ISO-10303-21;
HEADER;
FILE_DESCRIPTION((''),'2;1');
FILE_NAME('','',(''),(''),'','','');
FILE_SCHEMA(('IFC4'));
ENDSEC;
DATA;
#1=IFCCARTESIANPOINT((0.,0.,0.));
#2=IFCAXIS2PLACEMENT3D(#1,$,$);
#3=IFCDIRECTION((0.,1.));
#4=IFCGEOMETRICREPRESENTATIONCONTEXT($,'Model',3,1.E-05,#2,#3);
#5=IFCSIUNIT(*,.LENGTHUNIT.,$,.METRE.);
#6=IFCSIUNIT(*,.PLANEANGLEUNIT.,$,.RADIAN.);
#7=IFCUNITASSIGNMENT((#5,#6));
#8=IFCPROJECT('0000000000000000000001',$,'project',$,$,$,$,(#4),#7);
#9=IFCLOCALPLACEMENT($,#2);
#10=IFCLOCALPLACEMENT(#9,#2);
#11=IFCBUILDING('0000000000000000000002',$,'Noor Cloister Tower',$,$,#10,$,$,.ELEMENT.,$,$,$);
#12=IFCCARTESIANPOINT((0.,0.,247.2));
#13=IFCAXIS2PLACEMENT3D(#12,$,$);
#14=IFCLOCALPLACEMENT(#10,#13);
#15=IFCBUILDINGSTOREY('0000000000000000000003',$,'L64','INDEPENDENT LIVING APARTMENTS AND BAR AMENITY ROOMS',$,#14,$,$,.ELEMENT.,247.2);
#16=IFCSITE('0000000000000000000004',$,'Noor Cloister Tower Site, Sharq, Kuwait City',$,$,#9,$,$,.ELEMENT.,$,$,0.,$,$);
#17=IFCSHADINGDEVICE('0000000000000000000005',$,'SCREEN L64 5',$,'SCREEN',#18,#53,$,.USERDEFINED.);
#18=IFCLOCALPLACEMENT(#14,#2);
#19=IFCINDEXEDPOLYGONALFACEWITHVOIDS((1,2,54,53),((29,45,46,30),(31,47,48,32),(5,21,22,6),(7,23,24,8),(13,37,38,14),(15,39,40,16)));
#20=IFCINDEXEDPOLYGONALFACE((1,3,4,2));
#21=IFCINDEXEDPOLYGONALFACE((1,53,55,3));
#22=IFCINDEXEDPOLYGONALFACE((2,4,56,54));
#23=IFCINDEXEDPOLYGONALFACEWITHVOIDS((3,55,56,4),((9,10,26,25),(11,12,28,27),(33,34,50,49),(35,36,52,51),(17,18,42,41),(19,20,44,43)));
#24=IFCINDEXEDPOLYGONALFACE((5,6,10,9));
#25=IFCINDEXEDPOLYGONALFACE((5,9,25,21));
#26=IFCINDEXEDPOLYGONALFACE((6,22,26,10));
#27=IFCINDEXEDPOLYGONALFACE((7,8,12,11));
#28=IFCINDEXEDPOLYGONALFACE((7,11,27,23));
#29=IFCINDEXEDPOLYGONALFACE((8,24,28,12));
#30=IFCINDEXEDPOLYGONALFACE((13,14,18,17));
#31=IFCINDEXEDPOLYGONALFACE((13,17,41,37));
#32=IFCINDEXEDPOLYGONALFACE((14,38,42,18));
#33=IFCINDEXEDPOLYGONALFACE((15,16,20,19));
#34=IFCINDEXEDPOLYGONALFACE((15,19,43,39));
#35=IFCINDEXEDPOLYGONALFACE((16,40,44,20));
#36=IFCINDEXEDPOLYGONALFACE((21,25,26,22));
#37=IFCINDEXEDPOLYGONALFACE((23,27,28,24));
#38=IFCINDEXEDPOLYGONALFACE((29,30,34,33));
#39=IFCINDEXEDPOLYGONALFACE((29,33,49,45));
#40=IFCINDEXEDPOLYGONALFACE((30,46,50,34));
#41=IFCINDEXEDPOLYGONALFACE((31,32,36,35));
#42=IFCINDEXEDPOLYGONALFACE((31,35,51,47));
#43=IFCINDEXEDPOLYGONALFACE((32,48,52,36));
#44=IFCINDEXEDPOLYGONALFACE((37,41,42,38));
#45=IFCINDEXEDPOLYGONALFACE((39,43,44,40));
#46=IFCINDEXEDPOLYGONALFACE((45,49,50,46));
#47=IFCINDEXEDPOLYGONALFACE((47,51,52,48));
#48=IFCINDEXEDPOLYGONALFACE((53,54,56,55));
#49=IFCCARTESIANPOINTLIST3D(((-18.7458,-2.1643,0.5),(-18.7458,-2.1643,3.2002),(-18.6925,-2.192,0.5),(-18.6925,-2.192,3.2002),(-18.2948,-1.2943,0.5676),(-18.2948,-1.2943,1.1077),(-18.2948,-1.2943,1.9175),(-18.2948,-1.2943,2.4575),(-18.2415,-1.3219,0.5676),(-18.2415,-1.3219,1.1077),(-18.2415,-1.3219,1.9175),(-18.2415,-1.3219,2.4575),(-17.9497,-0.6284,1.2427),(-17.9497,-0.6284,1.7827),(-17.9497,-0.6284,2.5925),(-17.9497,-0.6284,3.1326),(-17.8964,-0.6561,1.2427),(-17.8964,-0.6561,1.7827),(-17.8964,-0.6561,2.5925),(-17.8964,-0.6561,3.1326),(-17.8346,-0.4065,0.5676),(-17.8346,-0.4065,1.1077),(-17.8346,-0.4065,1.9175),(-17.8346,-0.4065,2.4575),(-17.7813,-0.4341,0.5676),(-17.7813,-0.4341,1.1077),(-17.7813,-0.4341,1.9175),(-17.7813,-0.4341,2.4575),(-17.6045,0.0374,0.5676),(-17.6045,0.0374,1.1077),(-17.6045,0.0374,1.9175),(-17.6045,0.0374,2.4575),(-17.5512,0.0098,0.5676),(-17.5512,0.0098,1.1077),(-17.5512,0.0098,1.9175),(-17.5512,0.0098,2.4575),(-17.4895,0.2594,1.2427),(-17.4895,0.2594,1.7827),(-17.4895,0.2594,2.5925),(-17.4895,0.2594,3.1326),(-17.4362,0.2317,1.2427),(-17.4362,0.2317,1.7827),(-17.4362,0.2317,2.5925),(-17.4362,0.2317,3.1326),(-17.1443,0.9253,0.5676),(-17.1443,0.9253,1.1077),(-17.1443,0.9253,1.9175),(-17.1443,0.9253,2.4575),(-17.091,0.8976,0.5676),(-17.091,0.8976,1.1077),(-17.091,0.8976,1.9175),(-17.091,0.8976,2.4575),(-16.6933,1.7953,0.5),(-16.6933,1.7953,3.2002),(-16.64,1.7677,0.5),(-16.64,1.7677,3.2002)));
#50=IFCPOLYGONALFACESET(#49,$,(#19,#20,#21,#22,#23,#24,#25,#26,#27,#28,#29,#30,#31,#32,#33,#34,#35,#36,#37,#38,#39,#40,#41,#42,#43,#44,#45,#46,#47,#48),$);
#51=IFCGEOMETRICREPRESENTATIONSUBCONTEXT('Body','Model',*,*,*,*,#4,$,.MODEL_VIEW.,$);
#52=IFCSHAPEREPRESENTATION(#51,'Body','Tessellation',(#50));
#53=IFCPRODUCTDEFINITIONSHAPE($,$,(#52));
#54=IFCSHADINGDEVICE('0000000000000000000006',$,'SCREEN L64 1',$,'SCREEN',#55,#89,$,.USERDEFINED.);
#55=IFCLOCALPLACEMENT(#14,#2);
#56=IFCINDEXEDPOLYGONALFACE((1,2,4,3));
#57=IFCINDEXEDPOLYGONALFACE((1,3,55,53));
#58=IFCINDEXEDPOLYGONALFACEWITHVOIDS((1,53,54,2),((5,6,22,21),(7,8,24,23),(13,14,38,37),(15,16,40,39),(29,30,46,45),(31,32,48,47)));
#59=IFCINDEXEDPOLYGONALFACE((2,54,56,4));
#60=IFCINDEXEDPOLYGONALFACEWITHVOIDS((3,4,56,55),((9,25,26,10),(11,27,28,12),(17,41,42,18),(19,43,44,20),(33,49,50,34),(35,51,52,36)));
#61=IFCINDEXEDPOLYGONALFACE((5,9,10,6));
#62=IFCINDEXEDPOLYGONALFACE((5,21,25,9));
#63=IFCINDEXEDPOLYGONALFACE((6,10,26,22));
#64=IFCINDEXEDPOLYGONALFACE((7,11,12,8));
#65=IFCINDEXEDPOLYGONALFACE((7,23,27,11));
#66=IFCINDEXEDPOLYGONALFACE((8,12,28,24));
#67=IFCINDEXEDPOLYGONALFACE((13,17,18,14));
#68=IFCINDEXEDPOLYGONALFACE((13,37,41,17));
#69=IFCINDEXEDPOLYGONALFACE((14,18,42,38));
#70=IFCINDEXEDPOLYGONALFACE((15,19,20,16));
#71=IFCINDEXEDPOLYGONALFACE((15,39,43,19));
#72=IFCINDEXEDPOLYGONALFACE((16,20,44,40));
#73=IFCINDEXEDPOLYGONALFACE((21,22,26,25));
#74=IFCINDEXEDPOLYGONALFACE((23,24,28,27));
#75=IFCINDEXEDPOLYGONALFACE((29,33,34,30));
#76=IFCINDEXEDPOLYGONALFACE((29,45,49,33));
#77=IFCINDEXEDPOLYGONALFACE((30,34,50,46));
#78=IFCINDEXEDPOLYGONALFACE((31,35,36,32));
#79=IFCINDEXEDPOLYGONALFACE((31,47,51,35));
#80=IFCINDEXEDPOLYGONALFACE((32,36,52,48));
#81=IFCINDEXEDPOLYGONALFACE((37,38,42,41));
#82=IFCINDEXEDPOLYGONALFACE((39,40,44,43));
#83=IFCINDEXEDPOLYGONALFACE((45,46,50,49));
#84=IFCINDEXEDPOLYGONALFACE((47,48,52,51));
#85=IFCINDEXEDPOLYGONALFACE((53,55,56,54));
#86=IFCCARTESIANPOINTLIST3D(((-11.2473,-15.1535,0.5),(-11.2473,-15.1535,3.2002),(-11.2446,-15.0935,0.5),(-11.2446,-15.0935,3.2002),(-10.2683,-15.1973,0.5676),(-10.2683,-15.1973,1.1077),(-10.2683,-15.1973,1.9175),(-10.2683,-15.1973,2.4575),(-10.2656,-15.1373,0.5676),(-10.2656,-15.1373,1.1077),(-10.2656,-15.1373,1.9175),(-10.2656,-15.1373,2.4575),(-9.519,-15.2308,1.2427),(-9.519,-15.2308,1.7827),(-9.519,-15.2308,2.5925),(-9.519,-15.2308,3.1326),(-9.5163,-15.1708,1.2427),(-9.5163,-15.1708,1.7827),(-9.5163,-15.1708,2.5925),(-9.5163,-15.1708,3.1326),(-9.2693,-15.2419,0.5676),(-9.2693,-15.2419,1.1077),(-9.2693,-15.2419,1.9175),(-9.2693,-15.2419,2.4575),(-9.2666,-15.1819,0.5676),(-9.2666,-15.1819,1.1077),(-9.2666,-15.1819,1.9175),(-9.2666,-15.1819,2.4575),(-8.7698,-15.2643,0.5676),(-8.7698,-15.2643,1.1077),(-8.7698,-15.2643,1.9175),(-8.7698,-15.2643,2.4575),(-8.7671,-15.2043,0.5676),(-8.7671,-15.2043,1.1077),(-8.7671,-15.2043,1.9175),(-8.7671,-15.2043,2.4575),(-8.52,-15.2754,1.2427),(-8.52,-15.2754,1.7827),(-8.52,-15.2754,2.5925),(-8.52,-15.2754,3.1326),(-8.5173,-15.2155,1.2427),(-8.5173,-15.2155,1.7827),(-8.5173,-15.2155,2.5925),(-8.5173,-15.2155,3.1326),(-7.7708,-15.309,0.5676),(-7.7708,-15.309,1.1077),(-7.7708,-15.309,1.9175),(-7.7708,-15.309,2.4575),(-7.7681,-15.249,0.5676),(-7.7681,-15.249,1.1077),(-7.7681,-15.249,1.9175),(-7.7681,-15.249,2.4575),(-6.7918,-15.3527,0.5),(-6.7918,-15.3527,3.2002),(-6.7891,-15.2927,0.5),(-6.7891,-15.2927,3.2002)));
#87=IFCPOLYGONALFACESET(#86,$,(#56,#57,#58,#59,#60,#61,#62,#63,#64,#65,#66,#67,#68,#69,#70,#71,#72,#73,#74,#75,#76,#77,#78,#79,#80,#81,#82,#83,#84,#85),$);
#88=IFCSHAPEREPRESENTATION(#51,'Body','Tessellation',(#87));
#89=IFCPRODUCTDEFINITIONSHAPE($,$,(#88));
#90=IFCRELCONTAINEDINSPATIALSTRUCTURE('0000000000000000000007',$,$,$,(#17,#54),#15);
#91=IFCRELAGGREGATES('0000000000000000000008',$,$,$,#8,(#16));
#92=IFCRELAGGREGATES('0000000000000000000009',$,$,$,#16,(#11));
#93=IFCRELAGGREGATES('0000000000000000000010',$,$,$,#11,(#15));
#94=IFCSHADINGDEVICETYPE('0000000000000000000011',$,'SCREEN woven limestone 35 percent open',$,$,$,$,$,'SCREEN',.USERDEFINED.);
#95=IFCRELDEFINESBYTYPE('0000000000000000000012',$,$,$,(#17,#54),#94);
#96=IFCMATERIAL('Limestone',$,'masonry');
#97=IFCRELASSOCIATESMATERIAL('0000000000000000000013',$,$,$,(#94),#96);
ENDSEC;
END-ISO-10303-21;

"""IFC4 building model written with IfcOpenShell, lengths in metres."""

from ifc_helpers import new_model, si_unit, direction, frame, origin, place, context, subcontext, project, spatial, polyline, outline, extrude, material, material_profile, profile_set, type_object, element, save


model = new_model("IFC4")

# Units and contexts
model_context = context("Model", 3, precision=1e-05, world=origin(), true_north=direction((0.0, 1.0)))
body_context = subcontext(model_context, "Body", "Model", "MODEL_VIEW")
ifc_project = project(units=[si_unit("LENGTHUNIT", "METRE"), si_unit("PLANEANGLEUNIT", "RADIAN")], contexts=[model_context])

# Site, building, storey
site_placement = place(None, origin())
site = spatial("IfcSite", under=ifc_project, at=site_placement, Name="Noor Cloister Tower Site, Sharq, Kuwait City", CompositionType="ELEMENT", RefElevation=0.0)
building_placement = place(site_placement, origin())
building = spatial("IfcBuilding", under=site, at=building_placement, Name="Noor Cloister Tower", CompositionType="ELEMENT")
storey_placement = place(building_placement, frame((0.0, 0.0, 247.2)))
storey = spatial("IfcBuildingStorey", under=building, at=storey_placement, Name="L64", Description="INDEPENDENT LIVING APARTMENTS AND BAR AMENITY ROOMS", CompositionType="ELEMENT", Elevation=247.2)

# Shading devices
ifc_material_1 = material(Name="Limestone", Category="masonry")
ifc_material_profile_1 = material_profile(ifc_material_1, outline(polyline([(-2.23, -1.3501), (2.23, -1.3501), (2.23, 1.3501), (-2.23, 1.3501), (-2.23, -1.3501)]), holes=[polyline([(-1.25, -1.2825), (-0.25, -1.2825), (-0.25, -0.7424), (-1.25, -0.7424), (-1.25, -1.2825)]), polyline([(0.25, -1.2825), (1.25, -1.2825), (1.25, -0.7424), (0.25, -0.7424), (0.25, -1.2825)]), polyline([(-0.5, -0.6074), (0.5, -0.6074), (0.5, -0.0674), (-0.5, -0.0674), (-0.5, -0.6074)]), polyline([(-1.25, 0.0674), (-0.25, 0.0674), (-0.25, 0.6074), (-1.25, 0.6074), (-1.25, 0.0674)]), polyline([(0.25, 0.0674), (1.25, 0.0674), (1.25, 0.6074), (0.25, 0.6074), (0.25, 0.0674)]), polyline([(-0.5, 0.7424), (0.5, 0.7424), (0.5, 1.2825), (-0.5, 1.2825), (-0.5, 0.7424)])]), Name="Woven screen 35 percent open")
ifc_profile_set_1 = profile_set([ifc_material_profile_1], Name="Limestone")
shading_device_type = type_object("IfcShadingDeviceType", Name="SCREEN woven limestone 35 percent open", ElementType="SCREEN", PredefinedType="USERDEFINED", material=ifc_profile_set_1)
for number, where, z_axis, x_axis, name in (
    (1, (-17.6663, -0.2122, 1.8501), (-0.887816, 0.460198, 0.0), (-0.460198, -0.887816, 0.0), "SCREEN L64 5"),
    (2, (-9.0168, -15.1931, 1.8501), (-0.044671, -0.999002, 0.0), (0.999002, -0.044671, 0.0), "SCREEN L64 1"),
):
    element("IfcShadingDevice", number, at=place(storey_placement, frame(where, z_axis=z_axis, x_axis=x_axis)), inside=storey, type_object=shading_device_type, Name=name, ObjectType="SCREEN", PredefinedType="USERDEFINED", context=body_context, shape_type="SweptSolid", body=[
        extrude(outline(polyline([(-2.23, -1.3501), (2.23, -1.3501), (2.23, 1.3501), (-2.23, 1.3501), (-2.23, -1.3501)]), holes=[polyline([(-1.25, -1.2825), (-0.25, -1.2825), (-0.25, -0.7424), (-1.25, -0.7424), (-1.25, -1.2825)]), polyline([(0.25, -1.2825), (1.25, -1.2825), (1.25, -0.7424), (0.25, -0.7424), (0.25, -1.2825)]), polyline([(-0.5, -0.6074), (0.5, -0.6074), (0.5, -0.0674), (-0.5, -0.0674), (-0.5, -0.6074)]), polyline([(-1.25, 0.0674), (-0.25, 0.0674), (-0.25, 0.6074), (-1.25, 0.6074), (-1.25, 0.0674)]), polyline([(0.25, 0.0674), (1.25, 0.0674), (1.25, 0.6074), (0.25, 0.6074), (0.25, 0.0674)]), polyline([(-0.5, 0.7424), (0.5, 0.7424), (0.5, 1.2825), (-0.5, 1.2825), (-0.5, 0.7424)])]), origin(), (0.0, 0.0, 1.0), 0.0601),
    ])

save(model, "model.ifc")
